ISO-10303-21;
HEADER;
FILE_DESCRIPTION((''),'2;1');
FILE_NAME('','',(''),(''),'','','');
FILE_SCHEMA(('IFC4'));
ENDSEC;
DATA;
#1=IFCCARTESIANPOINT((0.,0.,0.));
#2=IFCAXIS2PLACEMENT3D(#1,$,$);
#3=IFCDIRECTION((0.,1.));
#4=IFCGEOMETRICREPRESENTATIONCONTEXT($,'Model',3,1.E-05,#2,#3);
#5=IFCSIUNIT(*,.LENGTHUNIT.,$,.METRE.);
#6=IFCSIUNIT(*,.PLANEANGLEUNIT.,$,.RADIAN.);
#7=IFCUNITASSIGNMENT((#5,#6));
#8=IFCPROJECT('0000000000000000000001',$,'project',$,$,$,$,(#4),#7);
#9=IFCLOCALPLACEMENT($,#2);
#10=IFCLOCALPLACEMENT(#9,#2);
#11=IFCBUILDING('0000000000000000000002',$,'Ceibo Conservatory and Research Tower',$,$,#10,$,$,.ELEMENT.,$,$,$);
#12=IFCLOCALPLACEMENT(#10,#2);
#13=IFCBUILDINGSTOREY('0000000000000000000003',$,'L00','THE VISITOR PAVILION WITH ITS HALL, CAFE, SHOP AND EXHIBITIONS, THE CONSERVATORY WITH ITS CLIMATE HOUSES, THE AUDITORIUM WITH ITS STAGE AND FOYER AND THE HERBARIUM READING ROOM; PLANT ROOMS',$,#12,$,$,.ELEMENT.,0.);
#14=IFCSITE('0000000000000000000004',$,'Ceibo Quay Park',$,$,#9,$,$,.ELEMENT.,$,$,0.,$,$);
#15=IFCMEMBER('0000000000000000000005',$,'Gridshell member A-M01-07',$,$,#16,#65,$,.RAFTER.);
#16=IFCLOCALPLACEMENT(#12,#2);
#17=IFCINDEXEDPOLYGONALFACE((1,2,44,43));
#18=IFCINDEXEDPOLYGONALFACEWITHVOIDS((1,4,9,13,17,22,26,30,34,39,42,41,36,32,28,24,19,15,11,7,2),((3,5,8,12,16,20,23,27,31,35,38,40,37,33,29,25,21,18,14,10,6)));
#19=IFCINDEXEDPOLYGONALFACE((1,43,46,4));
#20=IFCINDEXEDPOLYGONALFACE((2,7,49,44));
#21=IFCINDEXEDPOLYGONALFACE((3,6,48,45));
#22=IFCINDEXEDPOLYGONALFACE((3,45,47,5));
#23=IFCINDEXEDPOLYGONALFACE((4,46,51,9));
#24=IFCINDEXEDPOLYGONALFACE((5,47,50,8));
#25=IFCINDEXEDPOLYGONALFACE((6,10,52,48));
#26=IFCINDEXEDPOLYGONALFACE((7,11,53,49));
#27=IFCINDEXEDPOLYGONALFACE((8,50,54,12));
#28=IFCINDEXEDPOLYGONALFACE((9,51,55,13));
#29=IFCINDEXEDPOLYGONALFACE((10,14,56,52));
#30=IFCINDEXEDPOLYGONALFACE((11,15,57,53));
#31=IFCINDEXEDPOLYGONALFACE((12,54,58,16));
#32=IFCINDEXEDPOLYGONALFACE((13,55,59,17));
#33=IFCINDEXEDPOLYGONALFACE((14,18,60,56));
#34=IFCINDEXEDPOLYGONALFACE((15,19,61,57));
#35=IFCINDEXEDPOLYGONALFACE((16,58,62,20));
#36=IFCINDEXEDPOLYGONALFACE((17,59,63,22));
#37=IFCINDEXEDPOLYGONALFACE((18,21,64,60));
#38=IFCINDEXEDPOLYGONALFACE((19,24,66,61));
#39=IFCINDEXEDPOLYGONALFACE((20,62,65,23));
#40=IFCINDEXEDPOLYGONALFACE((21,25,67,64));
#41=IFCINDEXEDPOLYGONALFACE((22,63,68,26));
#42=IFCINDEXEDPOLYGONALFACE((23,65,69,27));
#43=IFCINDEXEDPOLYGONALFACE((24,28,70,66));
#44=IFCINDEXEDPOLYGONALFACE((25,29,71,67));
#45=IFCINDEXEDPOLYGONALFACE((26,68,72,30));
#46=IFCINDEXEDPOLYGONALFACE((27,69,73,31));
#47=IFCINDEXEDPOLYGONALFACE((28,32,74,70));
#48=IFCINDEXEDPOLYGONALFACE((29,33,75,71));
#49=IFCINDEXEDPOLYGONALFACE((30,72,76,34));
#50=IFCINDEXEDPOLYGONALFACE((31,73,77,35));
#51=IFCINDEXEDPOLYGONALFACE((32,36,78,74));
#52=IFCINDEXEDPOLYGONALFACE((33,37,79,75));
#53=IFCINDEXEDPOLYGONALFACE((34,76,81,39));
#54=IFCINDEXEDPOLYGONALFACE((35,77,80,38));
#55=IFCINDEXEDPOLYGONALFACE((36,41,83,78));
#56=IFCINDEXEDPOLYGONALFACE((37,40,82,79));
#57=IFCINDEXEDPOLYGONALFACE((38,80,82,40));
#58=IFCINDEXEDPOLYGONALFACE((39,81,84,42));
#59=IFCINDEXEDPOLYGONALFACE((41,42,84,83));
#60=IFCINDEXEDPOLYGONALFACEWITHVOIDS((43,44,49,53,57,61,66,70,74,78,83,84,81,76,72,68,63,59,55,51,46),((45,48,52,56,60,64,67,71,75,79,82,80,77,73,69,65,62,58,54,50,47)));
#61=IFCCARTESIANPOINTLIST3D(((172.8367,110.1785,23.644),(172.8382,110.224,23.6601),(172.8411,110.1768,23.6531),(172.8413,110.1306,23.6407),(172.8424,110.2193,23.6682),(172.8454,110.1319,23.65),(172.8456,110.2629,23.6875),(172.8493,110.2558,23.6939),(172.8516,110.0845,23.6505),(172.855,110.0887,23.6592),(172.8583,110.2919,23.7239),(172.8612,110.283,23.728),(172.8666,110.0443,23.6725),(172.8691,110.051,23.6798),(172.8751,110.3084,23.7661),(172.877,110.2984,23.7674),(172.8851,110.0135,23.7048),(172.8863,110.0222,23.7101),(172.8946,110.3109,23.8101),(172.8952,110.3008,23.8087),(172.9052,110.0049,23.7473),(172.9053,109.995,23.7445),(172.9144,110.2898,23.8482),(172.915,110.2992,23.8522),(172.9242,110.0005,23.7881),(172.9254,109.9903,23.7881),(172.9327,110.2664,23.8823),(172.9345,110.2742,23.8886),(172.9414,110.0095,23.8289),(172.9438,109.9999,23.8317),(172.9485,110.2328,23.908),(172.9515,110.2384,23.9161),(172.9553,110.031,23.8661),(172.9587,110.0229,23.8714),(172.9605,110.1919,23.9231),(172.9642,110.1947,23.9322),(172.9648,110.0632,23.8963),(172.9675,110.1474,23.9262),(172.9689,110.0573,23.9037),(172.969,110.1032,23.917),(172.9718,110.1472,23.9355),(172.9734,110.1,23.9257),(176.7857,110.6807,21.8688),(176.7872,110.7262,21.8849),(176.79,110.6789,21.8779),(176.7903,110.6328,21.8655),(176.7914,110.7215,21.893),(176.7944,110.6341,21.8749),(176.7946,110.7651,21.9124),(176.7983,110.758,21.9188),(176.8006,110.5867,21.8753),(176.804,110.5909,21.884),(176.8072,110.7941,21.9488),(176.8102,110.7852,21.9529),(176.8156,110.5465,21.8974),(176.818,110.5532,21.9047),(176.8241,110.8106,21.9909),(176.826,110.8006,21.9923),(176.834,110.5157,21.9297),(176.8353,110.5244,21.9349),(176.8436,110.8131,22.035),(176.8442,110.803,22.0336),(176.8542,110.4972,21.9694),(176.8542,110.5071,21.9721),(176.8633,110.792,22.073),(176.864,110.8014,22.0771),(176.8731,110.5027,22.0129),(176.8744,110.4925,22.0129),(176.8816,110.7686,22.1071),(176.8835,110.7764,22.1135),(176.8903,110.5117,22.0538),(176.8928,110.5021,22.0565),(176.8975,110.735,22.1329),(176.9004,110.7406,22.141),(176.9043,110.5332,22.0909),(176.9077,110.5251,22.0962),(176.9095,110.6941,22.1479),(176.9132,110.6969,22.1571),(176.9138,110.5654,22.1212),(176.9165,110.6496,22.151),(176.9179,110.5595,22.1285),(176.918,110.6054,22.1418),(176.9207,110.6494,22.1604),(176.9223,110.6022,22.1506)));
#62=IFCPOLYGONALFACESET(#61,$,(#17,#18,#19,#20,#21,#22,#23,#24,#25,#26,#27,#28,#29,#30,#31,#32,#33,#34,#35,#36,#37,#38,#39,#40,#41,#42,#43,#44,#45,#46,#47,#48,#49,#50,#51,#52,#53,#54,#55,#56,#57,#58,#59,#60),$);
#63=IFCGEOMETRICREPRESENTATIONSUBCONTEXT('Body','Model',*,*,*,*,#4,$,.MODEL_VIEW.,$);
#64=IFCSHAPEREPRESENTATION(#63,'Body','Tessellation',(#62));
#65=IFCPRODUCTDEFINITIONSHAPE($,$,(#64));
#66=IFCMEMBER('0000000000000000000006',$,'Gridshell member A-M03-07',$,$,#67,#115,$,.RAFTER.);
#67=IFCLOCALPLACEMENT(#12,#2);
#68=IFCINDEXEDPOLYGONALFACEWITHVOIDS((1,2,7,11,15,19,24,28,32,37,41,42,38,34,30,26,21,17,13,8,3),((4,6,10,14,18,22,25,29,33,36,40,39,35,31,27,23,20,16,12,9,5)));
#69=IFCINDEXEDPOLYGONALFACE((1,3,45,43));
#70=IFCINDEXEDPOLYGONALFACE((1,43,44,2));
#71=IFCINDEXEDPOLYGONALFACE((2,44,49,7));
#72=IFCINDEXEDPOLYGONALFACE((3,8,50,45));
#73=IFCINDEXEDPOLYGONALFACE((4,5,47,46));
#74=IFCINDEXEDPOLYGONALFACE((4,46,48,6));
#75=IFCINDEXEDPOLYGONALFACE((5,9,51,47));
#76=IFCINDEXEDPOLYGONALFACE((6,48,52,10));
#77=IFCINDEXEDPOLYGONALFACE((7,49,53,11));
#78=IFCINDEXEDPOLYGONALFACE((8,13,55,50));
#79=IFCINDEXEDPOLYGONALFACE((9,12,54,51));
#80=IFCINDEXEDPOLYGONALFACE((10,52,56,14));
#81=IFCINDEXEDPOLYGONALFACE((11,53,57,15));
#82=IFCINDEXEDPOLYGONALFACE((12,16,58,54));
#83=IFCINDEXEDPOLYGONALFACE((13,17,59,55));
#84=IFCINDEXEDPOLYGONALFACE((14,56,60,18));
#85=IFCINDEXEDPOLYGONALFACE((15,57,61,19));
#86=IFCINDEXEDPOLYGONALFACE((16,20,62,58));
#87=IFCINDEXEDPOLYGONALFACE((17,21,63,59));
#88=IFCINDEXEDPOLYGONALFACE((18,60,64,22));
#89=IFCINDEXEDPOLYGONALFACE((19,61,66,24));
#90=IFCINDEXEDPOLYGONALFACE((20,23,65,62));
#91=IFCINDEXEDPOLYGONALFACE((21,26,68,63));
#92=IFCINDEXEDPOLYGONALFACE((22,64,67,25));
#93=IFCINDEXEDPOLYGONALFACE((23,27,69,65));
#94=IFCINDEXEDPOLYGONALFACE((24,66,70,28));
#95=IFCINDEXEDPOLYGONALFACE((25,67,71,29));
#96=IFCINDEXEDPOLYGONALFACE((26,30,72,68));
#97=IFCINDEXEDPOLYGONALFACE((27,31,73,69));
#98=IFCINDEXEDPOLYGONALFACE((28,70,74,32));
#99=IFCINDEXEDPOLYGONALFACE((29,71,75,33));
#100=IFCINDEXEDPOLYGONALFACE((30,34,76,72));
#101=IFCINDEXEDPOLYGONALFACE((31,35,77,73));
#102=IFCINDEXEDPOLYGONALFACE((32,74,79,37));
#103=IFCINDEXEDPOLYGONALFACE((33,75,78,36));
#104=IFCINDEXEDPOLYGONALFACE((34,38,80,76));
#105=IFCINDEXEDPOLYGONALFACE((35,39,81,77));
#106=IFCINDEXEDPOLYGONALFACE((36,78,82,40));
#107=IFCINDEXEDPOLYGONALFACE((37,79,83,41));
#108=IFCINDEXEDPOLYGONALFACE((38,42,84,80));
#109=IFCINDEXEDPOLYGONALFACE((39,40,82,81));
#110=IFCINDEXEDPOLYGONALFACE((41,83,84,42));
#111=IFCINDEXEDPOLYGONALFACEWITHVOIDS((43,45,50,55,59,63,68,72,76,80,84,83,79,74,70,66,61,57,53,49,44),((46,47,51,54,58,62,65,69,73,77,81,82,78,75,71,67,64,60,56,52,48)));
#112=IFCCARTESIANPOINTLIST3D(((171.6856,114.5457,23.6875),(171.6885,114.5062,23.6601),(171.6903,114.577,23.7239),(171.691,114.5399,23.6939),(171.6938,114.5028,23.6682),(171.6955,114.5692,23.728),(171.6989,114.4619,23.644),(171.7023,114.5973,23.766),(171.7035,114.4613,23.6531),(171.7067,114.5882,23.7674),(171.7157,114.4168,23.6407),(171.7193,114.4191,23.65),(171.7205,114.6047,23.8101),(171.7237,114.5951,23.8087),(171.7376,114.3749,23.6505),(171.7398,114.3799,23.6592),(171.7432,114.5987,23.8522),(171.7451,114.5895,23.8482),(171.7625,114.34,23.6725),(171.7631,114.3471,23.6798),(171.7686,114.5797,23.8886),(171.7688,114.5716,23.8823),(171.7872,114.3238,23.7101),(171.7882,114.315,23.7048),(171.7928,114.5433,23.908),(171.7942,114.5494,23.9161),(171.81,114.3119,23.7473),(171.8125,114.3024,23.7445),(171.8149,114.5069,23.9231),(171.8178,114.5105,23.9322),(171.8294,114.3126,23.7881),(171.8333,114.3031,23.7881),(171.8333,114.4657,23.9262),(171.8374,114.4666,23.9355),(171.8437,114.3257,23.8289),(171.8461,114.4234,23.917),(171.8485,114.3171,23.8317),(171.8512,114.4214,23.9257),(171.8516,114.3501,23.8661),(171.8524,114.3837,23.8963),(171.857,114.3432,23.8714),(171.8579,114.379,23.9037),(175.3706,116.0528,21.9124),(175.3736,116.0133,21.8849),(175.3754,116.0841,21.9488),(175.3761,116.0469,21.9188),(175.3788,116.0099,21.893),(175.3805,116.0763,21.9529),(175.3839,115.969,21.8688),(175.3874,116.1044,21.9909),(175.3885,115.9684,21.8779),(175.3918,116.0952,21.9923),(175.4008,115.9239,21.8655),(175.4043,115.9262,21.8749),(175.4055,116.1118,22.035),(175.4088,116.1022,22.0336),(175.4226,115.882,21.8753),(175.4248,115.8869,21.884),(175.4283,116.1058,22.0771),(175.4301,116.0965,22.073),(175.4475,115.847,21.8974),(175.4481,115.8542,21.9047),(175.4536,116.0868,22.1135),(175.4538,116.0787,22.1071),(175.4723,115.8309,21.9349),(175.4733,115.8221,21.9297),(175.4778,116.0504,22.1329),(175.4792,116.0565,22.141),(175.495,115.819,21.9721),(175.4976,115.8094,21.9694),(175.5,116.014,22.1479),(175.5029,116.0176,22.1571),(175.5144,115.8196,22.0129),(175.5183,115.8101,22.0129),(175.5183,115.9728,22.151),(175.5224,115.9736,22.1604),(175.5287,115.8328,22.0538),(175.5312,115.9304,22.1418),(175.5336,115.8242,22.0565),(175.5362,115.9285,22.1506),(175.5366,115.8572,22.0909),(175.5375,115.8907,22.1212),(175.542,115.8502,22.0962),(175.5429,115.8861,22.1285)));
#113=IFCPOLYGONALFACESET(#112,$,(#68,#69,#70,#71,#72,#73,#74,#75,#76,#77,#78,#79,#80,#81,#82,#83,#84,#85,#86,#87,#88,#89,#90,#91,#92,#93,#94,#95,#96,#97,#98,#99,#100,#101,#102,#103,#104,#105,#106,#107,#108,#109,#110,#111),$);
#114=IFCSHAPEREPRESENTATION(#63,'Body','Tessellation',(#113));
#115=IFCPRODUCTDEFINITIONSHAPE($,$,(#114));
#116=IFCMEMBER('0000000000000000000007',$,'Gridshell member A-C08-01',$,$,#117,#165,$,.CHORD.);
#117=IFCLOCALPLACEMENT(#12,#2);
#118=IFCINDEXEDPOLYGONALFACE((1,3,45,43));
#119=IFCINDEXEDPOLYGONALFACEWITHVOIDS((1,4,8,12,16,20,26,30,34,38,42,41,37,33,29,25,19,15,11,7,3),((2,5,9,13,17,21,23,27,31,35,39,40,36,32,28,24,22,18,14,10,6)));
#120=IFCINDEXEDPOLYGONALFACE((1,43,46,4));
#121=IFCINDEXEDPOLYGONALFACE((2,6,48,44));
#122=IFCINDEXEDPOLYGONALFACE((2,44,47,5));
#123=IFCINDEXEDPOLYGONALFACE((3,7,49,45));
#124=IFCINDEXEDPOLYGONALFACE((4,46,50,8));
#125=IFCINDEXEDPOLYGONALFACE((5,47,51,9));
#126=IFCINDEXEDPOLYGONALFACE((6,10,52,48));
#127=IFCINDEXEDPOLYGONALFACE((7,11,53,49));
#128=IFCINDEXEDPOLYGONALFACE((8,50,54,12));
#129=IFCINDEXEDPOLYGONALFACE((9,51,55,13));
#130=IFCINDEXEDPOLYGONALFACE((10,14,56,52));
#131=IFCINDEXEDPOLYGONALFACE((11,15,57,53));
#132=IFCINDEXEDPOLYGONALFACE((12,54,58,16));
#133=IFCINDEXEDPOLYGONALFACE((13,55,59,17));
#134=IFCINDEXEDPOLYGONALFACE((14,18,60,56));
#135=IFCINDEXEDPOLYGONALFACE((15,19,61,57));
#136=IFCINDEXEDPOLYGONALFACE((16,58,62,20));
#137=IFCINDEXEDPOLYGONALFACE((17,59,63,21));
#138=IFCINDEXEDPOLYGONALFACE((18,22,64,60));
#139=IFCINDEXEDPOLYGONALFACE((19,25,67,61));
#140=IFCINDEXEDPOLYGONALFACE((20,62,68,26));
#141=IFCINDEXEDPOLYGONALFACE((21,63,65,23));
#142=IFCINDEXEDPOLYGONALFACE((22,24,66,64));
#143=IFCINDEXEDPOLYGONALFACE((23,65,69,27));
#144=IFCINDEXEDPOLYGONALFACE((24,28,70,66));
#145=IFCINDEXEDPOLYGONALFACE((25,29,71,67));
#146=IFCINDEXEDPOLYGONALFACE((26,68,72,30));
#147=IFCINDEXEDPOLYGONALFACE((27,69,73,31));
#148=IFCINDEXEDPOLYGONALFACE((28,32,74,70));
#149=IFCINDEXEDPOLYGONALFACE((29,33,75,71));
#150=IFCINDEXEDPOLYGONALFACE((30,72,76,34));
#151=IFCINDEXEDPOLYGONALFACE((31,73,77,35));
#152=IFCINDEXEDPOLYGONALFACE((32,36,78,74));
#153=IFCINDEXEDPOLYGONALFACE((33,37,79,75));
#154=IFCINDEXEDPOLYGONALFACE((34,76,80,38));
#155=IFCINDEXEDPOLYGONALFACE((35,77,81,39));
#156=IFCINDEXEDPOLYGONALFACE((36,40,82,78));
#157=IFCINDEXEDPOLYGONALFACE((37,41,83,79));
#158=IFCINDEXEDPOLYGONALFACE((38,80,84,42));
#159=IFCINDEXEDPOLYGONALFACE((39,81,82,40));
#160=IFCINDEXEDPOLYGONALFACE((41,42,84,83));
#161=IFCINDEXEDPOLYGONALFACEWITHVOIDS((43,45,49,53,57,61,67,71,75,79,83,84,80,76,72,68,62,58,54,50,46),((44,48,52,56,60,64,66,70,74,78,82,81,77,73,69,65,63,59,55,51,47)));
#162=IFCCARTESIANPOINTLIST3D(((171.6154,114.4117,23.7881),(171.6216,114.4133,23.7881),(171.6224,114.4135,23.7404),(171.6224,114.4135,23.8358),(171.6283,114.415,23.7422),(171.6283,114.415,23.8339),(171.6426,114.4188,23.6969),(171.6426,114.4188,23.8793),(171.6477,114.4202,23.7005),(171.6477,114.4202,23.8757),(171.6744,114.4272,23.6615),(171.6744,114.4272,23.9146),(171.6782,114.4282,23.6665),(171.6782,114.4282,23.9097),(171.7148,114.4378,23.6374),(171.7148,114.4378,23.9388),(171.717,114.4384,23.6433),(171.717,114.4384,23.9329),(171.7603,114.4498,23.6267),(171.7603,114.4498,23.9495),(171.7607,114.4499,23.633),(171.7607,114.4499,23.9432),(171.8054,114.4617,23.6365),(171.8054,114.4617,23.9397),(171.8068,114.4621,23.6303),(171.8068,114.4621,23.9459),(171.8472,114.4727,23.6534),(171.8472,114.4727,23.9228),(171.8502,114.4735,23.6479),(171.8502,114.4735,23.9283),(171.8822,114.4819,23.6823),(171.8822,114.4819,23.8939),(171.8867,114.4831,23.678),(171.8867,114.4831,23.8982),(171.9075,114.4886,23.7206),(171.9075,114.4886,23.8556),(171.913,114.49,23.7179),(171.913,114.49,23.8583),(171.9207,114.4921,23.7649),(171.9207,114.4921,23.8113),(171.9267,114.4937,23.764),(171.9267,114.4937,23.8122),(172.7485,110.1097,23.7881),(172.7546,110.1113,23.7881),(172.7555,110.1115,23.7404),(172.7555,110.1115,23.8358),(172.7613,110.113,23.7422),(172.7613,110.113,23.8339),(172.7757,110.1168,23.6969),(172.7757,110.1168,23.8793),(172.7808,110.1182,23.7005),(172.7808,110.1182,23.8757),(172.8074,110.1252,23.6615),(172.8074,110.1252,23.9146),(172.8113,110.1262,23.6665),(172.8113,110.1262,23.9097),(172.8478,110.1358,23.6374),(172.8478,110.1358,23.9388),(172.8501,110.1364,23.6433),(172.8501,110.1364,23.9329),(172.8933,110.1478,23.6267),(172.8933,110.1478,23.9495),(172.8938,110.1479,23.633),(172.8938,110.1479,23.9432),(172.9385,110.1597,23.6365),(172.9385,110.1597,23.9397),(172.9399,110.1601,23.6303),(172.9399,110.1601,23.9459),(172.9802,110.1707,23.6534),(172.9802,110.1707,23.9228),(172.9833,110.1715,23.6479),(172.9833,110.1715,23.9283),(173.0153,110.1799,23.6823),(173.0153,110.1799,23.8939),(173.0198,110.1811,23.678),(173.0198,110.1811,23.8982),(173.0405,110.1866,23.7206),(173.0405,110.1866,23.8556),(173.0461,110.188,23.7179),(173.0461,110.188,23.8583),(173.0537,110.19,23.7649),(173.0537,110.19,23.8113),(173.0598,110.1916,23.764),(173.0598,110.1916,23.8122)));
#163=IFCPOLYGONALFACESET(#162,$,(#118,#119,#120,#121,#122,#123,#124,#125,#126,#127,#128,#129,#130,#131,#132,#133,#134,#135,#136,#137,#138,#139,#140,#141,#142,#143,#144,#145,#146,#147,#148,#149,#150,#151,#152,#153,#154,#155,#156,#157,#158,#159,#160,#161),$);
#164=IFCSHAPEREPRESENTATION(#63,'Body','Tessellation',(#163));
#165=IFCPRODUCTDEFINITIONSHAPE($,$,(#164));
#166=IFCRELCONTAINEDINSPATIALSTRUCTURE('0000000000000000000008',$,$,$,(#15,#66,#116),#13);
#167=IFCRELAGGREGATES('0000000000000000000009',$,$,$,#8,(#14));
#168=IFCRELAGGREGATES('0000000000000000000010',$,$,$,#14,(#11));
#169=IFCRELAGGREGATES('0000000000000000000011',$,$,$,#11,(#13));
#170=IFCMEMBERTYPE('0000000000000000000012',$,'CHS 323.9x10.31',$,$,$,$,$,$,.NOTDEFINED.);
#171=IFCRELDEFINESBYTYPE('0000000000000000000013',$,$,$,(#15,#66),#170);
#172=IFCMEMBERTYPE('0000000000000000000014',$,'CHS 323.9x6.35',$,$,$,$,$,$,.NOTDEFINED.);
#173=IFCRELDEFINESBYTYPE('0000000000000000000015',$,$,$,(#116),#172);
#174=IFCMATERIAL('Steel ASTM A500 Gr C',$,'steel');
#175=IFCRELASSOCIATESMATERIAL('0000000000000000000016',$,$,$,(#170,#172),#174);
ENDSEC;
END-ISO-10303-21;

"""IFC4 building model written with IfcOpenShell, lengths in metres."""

from ifc_helpers import new_model, si_unit, direction, frame, origin, origin_2d, place, context, subcontext, project, spatial, hollow_circle, extrude, material, material_profile, profile_set, type_object, element, save


model = new_model("IFC4")

# Units and contexts
model_context = context("Model", 3, precision=1e-05, world=origin(), true_north=direction((0.0, 1.0)))
body_context = subcontext(model_context, "Body", "Model", "MODEL_VIEW")
ifc_project = project(units=[si_unit("LENGTHUNIT", "METRE"), si_unit("PLANEANGLEUNIT", "RADIAN")], contexts=[model_context])

# Site, building, storey
site_placement = place(None, origin())
site = spatial("IfcSite", under=ifc_project, at=site_placement, Name="Ceibo Quay Park", CompositionType="ELEMENT", RefElevation=0.0)
building_placement = place(site_placement, origin())
building = spatial("IfcBuilding", under=site, at=building_placement, Name="Ceibo Conservatory and Research Tower", CompositionType="ELEMENT")
storey_placement = place(building_placement, origin())
storey = spatial("IfcBuildingStorey", under=building, at=storey_placement, Name="L00", Description="THE VISITOR PAVILION WITH ITS HALL, CAFE, SHOP AND EXHIBITIONS, THE CONSERVATORY WITH ITS CLIMATE HOUSES, THE AUDITORIUM WITH ITS STAGE AND FOYER AND THE HERBARIUM READING ROOM; PLANT ROOMS", CompositionType="ELEMENT", Elevation=0.0)

# Members
ifc_material_1 = material(Name="Steel ASTM A500 Gr C", Category="steel")
ifc_material_profile_1 = material_profile(ifc_material_1, hollow_circle(Radius=0.1619, WallThickness=0.0103, at=origin_2d()), Name="CHS 323.9x10.31")
ifc_profile_set_1 = profile_set([ifc_material_profile_1], Name="Steel ASTM A500 Gr C")
member_type_1 = type_object("IfcMemberType", Name="CHS 323.9x10.31", PredefinedType="NOTDEFINED", material=ifc_profile_set_1)
member_1_placement = place(storey_placement, frame((176.854, 110.6531, 22.0129), z_axis=(-0.906011, -0.115219, 0.407271), x_axis=(0.126156, -0.99201, 0.0)))
element("IfcMember", 1, at=member_1_placement, inside=storey, type_object=member_type_1, Name="Gridshell member A-M01-07", PredefinedType="RAFTER", context=body_context, shape_type="SweptSolid", body=[
    extrude(hollow_circle(Radius=0.1619, WallThickness=0.0103, at=origin_2d()), origin(), (0.0, 0.0, 1.0), 4.3586),
])
member_2_placement = place(storey_placement, frame((175.457, 115.96, 22.0129), z_axis=(-0.845364, -0.345729, 0.407224), x_axis=(0.378537, -0.925586, 0.0)))
element("IfcMember", 2, at=member_2_placement, inside=storey, type_object=member_type_1, Name="Gridshell member A-M03-07", PredefinedType="RAFTER", context=body_context, shape_type="SweptSolid", body=[
    extrude(hollow_circle(Radius=0.1619, WallThickness=0.0103, at=origin_2d()), origin(), (0.0, 0.0, 1.0), 4.3591),
])
ifc_material_profile_2 = material_profile(ifc_material_1, hollow_circle(Radius=0.1619, WallThickness=0.0063, at=origin_2d()), Name="CHS 323.9x6.35")
ifc_profile_set_2 = profile_set([ifc_material_profile_2], Name="Steel ASTM A500 Gr C")
member_type_2 = type_object("IfcMemberType", Name="CHS 323.9x6.35", PredefinedType="NOTDEFINED", material=ifc_profile_set_2)
member_3_placement = place(storey_placement, frame((172.905, 110.1509, 23.7881), z_axis=(-0.254693, 0.967022, 0.0), x_axis=(-0.967022, -0.254693, 0.0)))
element("IfcMember", 3, at=member_3_placement, inside=storey, type_object=member_type_2, Name="Gridshell member A-C08-01", PredefinedType="CHORD", context=body_context, shape_type="SweptSolid", body=[
    extrude(hollow_circle(Radius=0.1619, WallThickness=0.0063, at=origin_2d()), origin(), (0.0, 0.0, 1.0), 4.4487),
])

save(model, "model.ifc")
